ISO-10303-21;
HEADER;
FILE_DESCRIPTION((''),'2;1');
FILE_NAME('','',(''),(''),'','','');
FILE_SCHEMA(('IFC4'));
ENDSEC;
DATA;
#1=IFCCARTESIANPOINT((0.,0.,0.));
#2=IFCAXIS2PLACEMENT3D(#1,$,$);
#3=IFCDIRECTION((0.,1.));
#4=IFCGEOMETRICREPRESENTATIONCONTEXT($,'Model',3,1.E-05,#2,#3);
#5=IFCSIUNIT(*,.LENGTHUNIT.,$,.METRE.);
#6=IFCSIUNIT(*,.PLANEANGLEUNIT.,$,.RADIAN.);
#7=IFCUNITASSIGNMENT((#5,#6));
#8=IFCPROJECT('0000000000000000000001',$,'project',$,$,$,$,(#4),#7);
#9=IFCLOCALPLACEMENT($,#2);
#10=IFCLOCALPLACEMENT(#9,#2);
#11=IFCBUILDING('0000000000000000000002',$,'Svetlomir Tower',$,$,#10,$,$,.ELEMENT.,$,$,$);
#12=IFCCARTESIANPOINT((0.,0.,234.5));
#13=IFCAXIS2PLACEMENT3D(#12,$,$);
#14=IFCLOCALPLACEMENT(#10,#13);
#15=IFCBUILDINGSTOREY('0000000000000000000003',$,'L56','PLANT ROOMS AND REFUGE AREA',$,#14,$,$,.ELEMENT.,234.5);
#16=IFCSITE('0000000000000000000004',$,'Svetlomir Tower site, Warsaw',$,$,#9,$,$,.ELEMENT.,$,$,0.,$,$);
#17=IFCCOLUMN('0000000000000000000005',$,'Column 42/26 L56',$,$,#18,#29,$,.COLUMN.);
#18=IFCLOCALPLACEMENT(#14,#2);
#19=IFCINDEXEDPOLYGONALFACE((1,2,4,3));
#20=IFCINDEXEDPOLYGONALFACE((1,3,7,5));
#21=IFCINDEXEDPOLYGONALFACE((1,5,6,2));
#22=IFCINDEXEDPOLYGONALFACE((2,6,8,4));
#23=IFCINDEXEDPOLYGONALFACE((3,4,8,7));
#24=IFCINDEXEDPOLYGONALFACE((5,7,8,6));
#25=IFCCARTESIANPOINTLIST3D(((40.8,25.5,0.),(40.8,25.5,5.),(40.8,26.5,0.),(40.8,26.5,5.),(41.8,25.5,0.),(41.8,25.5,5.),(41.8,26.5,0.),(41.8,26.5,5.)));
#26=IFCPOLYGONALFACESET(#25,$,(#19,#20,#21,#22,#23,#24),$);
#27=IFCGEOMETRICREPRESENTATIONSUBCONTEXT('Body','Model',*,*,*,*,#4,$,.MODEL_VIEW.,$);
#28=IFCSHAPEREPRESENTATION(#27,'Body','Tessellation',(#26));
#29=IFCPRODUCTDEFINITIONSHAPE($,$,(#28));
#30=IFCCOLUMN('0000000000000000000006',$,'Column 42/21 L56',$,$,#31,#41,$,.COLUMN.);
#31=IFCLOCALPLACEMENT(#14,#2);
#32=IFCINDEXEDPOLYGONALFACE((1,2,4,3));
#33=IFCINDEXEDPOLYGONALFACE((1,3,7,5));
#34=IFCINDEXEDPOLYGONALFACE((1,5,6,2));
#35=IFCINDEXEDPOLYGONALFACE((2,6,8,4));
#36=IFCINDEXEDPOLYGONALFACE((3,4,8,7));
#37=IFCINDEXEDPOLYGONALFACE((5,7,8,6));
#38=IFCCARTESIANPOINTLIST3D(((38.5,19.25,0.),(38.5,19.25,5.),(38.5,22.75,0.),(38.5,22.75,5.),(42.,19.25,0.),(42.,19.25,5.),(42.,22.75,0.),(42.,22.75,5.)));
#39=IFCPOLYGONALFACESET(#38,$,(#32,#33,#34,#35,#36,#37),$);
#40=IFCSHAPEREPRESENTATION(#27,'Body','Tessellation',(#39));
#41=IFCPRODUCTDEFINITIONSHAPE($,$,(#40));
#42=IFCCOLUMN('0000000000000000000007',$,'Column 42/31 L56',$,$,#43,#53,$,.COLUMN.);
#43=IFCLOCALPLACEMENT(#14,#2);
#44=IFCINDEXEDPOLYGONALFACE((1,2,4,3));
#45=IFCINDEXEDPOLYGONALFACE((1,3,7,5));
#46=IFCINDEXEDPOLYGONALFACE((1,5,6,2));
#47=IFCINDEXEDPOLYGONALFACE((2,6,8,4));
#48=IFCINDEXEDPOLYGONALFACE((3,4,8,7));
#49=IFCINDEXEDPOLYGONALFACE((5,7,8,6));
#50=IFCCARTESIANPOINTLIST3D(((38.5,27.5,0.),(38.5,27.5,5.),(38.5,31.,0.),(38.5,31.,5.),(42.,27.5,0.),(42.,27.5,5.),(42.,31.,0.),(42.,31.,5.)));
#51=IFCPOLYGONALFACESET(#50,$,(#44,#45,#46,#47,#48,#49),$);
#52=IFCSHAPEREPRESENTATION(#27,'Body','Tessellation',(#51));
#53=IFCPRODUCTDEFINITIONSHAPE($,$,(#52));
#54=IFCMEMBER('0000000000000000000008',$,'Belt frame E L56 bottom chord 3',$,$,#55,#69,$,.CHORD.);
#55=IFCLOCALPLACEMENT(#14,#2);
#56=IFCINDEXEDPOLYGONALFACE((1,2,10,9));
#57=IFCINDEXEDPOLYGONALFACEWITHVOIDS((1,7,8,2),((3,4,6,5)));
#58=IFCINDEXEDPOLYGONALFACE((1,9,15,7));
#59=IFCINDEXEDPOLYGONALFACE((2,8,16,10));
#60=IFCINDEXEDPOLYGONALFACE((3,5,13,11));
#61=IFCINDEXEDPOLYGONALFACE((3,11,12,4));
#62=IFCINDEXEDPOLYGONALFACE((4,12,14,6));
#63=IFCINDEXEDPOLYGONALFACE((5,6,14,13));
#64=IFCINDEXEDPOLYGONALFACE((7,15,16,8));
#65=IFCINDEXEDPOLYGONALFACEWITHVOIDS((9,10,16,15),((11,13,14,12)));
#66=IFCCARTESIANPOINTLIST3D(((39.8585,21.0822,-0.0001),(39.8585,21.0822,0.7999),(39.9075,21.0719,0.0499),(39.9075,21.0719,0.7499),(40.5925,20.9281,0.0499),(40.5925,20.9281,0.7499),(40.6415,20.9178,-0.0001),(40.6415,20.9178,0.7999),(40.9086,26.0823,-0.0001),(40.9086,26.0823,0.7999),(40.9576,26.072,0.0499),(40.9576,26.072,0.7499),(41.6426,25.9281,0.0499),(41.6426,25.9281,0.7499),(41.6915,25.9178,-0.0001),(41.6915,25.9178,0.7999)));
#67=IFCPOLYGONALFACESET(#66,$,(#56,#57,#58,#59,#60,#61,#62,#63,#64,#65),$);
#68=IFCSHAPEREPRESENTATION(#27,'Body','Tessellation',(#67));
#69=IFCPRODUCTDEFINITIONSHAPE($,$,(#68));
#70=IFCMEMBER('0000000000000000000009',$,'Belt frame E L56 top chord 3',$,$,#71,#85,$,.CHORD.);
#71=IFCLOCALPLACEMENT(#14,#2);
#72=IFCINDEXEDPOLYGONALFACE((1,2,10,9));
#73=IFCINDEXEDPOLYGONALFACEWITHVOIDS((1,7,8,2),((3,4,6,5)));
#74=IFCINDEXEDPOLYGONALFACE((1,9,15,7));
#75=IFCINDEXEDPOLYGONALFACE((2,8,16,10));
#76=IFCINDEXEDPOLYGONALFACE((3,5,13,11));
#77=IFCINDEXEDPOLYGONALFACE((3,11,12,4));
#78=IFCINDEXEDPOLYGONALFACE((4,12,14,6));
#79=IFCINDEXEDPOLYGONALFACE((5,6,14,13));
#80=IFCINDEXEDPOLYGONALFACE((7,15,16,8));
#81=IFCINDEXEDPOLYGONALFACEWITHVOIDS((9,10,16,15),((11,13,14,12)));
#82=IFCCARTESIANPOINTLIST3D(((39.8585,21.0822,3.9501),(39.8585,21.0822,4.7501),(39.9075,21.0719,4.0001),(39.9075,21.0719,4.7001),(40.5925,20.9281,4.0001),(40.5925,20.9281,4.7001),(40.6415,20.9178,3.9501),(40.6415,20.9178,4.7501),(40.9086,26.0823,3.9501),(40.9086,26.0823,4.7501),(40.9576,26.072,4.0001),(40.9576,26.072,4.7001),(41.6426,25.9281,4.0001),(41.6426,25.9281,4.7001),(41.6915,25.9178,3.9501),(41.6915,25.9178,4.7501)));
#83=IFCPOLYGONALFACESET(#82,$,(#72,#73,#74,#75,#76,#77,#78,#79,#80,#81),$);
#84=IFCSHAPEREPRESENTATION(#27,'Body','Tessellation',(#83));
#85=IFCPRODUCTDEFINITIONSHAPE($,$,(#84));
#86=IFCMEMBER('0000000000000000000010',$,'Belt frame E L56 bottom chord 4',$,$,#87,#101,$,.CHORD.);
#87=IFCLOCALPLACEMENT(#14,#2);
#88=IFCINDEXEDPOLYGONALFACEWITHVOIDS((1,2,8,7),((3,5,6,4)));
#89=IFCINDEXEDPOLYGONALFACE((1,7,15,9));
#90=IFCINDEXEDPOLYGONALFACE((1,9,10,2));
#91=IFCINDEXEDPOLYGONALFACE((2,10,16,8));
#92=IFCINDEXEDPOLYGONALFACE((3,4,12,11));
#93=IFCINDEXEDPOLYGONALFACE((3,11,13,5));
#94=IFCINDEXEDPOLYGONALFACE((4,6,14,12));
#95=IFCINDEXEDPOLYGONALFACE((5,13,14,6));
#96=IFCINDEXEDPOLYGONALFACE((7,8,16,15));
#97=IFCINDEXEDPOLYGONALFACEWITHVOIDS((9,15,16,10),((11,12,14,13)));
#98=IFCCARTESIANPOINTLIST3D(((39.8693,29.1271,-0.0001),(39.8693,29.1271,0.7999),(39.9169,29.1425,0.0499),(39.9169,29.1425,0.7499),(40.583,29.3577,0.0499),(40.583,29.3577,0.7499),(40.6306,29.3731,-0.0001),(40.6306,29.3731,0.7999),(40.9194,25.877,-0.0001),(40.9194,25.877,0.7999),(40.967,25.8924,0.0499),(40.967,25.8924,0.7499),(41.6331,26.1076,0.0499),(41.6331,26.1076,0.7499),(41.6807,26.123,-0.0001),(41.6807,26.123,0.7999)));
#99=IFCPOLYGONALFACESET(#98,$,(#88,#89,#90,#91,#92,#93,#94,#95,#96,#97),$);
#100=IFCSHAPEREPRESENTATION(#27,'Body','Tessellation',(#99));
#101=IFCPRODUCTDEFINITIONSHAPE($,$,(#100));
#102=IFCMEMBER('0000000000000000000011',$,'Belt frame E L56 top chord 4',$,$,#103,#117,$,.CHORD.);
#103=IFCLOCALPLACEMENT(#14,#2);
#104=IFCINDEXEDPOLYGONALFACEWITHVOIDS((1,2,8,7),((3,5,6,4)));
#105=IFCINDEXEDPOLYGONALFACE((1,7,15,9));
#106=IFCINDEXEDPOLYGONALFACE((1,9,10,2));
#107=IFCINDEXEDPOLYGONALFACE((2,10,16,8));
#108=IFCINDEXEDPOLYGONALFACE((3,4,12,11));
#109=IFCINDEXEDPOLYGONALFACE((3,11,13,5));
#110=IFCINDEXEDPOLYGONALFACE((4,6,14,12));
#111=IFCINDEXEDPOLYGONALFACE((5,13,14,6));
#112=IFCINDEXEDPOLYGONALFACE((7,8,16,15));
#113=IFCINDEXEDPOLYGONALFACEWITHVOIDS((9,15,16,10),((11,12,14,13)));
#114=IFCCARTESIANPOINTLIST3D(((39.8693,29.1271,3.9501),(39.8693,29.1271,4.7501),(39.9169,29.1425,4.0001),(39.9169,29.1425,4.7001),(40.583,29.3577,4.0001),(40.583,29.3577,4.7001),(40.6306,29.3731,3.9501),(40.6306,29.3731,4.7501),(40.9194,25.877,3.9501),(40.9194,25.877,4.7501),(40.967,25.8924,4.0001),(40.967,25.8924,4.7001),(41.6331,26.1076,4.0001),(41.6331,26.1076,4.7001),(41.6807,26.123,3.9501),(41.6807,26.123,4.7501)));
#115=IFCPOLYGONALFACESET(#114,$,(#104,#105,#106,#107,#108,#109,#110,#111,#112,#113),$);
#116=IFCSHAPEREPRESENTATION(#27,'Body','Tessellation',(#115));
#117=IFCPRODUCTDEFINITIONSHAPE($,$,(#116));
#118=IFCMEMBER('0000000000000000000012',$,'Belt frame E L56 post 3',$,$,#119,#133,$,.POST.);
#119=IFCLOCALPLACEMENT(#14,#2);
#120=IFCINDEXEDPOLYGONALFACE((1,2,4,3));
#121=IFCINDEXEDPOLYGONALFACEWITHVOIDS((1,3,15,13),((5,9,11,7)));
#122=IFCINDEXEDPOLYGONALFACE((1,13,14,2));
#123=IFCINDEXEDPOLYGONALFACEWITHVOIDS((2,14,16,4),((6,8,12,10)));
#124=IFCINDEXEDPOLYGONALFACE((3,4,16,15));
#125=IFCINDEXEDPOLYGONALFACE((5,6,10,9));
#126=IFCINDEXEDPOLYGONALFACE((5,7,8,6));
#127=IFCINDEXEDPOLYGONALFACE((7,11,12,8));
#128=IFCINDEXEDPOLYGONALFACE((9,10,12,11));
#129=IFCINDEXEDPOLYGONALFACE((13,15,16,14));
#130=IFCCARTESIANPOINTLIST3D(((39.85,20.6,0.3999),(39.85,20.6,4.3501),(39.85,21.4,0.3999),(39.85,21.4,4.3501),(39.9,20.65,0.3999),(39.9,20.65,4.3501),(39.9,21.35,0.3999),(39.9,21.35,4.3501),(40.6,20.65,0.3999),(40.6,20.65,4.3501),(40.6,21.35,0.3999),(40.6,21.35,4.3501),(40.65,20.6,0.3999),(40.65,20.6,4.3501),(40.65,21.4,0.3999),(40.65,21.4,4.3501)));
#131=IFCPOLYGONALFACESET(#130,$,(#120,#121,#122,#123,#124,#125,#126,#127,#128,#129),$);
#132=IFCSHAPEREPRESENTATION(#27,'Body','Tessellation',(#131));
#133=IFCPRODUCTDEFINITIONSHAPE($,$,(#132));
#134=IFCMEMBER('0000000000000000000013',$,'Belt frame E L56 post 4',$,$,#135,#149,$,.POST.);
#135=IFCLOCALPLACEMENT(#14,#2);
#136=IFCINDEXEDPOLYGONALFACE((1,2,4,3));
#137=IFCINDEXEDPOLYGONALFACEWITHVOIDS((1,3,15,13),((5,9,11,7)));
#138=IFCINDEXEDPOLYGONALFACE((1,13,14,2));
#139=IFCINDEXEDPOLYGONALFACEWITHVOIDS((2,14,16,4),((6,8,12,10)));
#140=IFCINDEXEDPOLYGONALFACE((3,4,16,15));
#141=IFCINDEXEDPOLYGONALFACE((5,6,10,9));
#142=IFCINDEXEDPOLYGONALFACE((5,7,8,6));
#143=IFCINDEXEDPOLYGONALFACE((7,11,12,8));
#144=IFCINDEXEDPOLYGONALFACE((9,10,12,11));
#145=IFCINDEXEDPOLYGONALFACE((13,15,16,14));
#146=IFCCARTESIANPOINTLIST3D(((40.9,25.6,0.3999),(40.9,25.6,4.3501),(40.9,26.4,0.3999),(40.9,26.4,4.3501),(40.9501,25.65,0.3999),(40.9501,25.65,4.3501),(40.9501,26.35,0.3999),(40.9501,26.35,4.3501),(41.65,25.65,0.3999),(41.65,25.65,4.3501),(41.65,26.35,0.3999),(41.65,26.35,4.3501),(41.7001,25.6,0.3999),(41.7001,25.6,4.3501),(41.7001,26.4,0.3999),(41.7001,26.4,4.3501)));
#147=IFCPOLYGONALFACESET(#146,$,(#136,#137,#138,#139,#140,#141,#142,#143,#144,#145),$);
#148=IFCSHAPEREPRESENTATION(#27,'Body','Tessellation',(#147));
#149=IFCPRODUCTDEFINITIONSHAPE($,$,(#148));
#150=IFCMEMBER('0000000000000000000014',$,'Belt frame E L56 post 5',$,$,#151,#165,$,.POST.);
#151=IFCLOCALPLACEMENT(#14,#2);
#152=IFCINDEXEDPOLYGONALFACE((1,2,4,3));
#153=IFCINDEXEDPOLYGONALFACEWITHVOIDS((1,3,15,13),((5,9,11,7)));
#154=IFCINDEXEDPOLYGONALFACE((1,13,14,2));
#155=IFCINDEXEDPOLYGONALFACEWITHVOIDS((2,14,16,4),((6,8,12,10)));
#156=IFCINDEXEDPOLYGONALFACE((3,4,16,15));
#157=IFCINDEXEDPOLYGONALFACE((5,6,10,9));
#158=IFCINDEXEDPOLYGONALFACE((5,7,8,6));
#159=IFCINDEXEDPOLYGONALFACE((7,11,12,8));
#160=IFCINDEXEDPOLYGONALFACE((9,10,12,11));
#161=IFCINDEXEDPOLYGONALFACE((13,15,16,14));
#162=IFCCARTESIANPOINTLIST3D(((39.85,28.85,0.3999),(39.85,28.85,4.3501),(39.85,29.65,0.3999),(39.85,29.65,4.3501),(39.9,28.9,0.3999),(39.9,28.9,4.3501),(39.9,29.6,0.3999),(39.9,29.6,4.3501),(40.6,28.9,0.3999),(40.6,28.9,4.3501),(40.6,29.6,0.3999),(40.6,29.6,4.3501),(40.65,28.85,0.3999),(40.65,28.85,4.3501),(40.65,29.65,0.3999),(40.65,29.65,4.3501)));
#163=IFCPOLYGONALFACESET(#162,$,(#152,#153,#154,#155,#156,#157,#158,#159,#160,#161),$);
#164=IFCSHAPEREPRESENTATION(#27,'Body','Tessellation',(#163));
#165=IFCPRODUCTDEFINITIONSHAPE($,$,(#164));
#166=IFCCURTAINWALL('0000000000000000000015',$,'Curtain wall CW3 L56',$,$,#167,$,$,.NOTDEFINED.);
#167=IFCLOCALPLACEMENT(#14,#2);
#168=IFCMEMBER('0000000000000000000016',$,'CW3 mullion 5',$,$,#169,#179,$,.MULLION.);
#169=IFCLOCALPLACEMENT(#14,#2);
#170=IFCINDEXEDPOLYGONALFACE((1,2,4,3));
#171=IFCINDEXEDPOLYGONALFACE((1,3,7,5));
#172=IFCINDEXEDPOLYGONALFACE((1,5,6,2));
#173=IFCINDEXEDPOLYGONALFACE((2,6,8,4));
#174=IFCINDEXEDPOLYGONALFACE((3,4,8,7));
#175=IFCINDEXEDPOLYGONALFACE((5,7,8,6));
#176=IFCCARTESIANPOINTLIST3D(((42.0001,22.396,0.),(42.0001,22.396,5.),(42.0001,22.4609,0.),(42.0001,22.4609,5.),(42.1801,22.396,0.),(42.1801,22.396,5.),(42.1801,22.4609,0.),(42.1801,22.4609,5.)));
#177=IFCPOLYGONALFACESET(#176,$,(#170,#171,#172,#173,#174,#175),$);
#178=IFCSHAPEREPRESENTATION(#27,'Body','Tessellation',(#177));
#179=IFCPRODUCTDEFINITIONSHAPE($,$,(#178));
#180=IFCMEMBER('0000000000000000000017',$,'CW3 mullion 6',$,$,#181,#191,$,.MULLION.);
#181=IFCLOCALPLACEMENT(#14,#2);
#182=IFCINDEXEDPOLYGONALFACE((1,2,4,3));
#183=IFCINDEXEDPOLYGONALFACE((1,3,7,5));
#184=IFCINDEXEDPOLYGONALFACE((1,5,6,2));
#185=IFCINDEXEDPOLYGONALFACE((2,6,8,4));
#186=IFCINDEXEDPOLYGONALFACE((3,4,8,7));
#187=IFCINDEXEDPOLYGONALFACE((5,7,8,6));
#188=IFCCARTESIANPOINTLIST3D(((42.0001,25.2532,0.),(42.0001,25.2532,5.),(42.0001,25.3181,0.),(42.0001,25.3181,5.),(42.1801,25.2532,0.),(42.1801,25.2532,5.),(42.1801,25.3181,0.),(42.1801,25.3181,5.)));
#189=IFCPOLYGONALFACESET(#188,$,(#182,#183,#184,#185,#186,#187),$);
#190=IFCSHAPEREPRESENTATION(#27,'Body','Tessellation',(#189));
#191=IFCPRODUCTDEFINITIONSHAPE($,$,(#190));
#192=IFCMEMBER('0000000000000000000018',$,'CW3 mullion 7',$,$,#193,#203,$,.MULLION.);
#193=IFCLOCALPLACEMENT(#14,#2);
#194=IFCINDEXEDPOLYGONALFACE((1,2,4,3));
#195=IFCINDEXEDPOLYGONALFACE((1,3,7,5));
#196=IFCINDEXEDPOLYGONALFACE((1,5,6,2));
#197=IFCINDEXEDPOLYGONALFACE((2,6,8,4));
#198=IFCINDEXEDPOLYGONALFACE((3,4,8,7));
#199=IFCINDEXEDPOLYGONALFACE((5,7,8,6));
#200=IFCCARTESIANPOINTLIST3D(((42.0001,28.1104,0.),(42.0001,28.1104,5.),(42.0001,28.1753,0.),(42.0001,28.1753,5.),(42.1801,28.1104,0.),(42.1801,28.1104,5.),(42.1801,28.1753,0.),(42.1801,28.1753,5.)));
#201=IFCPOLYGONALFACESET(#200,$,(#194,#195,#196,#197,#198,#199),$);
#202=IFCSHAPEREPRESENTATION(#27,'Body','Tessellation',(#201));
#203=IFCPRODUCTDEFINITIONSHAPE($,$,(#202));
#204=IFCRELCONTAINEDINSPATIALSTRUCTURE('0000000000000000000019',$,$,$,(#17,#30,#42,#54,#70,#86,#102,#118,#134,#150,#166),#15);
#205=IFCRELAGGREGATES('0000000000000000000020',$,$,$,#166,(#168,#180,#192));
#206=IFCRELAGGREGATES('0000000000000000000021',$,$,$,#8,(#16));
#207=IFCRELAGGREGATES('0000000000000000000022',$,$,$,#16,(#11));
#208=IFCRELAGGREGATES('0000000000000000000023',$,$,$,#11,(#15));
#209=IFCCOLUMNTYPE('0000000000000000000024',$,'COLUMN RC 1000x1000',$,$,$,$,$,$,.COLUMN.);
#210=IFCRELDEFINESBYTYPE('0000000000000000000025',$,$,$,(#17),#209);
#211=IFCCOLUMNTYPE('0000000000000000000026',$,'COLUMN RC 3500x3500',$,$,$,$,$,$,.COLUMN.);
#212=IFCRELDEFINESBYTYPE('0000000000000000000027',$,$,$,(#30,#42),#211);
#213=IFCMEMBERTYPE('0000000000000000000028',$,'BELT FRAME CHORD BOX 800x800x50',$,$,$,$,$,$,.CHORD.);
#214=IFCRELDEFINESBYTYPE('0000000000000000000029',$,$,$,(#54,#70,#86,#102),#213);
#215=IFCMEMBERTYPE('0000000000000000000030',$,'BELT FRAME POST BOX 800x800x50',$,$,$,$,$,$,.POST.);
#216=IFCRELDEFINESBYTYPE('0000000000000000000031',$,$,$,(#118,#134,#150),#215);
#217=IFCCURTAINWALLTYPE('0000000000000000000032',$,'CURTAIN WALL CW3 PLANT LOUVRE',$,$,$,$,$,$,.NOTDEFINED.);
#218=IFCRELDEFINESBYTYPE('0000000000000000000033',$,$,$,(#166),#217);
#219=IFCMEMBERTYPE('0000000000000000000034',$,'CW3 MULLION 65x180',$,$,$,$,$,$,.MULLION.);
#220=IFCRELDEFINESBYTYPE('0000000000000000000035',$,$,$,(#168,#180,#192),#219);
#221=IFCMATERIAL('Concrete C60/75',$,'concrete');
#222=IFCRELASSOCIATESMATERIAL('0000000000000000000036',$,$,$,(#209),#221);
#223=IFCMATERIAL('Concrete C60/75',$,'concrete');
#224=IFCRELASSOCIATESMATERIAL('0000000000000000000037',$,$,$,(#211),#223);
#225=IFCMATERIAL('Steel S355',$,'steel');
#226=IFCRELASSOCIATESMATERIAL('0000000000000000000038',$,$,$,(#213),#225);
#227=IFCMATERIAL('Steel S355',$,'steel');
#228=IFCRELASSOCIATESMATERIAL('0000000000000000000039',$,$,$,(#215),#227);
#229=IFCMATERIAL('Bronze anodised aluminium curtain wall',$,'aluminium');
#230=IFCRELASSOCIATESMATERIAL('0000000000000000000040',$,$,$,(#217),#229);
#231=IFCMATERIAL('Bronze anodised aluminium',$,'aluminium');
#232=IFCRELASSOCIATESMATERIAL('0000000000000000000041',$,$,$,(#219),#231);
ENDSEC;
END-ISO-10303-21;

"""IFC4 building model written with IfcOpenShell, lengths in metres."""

from ifc_helpers import new_model, si_unit, direction, frame, origin, origin_2d, place, context, subcontext, project, spatial, rectangle, hollow_rectangle, extrude, material, material_profile, profile_set, type_object, element, aggregate, save


model = new_model("IFC4")

# Units and contexts
model_context = context("Model", 3, precision=1e-05, world=origin(), true_north=direction((0.0, 1.0)))
body_context = subcontext(model_context, "Body", "Model", "MODEL_VIEW")
ifc_project = project(units=[si_unit("LENGTHUNIT", "METRE"), si_unit("PLANEANGLEUNIT", "RADIAN")], contexts=[model_context])

# Site, building, storey
site_placement = place(None, origin())
site = spatial("IfcSite", under=ifc_project, at=site_placement, Name="Svetlomir Tower site, Warsaw", CompositionType="ELEMENT", RefElevation=0.0)
building_placement = place(site_placement, origin())
building = spatial("IfcBuilding", under=site, at=building_placement, Name="Svetlomir Tower", CompositionType="ELEMENT")
storey_placement = place(building_placement, frame((0.0, 0.0, 234.5)))
storey = spatial("IfcBuildingStorey", under=building, at=storey_placement, Name="L56", Description="PLANT ROOMS AND REFUGE AREA", CompositionType="ELEMENT", Elevation=234.5)

# Columns
ifc_material_1 = material(Name="Concrete C60/75", Category="concrete")
ifc_material_profile_1 = material_profile(ifc_material_1, rectangle(XDim=1.0, YDim=1.0, at=origin_2d()), Name="RC 1000x1000")
ifc_profile_set_1 = profile_set([ifc_material_profile_1], Name="Concrete C60/75")
column_type_1 = type_object("IfcColumnType", Name="COLUMN RC 1000x1000", PredefinedType="COLUMN", material=ifc_profile_set_1)
column_placement = place(storey_placement, frame((41.3, 26.0, 0.0), z_axis=(0.0, 0.0, 1.0), x_axis=(1.0, 0.0, 0.0)))
element("IfcColumn", 1, at=column_placement, inside=storey, type_object=column_type_1, Name="Column 42/26 L56", PredefinedType="COLUMN", context=body_context, shape_type="SweptSolid", body=[
    extrude(rectangle(XDim=1.0, YDim=1.0, at=origin_2d()), origin(), (0.0, 0.0, 1.0), 5.0),
])
ifc_material_2 = material(Name="Concrete C60/75", Category="concrete")
ifc_material_profile_2 = material_profile(ifc_material_2, rectangle(XDim=3.5, YDim=3.5, at=origin_2d()), Name="RC 3500x3500")
ifc_profile_set_2 = profile_set([ifc_material_profile_2], Name="Concrete C60/75")
column_type_2 = type_object("IfcColumnType", Name="COLUMN RC 3500x3500", PredefinedType="COLUMN", material=ifc_profile_set_2)
for number, where, z_axis, x_axis, name in (
    (2, (40.25, 21.0, 0.0), (0.0, 0.0, 1.0), (1.0, 0.0, 0.0), "Column 42/21 L56"),
    (3, (40.25, 29.25, 0.0), (0.0, 0.0, 1.0), (1.0, 0.0, 0.0), "Column 42/31 L56"),
):
    element("IfcColumn", number, at=place(storey_placement, frame(where, z_axis=z_axis, x_axis=x_axis)), inside=storey, type_object=column_type_2, Name=name, PredefinedType="COLUMN", context=body_context, shape_type="SweptSolid", body=[
        extrude(rectangle(XDim=3.5, YDim=3.5, at=origin_2d()), origin(), (0.0, 0.0, 1.0), 5.0),
    ])

# Members
ifc_material_3 = material(Name="Steel S355", Category="steel")
ifc_material_profile_3 = material_profile(ifc_material_3, hollow_rectangle(XDim=0.8, YDim=0.8, WallThickness=0.05, at=origin_2d()), Name="BOX 800x800x50")
ifc_profile_set_3 = profile_set([ifc_material_profile_3], Name="Steel S355")
member_type_1 = type_object("IfcMemberType", Name="BELT FRAME CHORD BOX 800x800x50", PredefinedType="CHORD", material=ifc_profile_set_3)
for number, where, z_axis, x_axis, name in (
    (4, (40.25, 21.0, 0.3999), (0.205526, 0.978652, 0.0), (-0.978652, 0.205526, 0.0), "Belt frame E L56 bottom chord 3"),
    (5, (40.25, 21.0, 4.3501), (0.205526, 0.978652, 0.0), (-0.978652, 0.205526, 0.0), "Belt frame E L56 top chord 3"),
):
    element("IfcMember", number, at=place(storey_placement, frame(where, z_axis=z_axis, x_axis=x_axis)), inside=storey, type_object=member_type_1, Name=name, PredefinedType="CHORD", context=body_context, shape_type="SweptSolid", body=[
        extrude(hollow_rectangle(XDim=0.8, YDim=0.8, WallThickness=0.05, at=origin_2d()), origin(), (0.0, 0.0, 1.0), 5.1091),
    ])
for number, where, z_axis, x_axis, name in (
    (6, (41.3, 26.0, 0.3999), (-0.307443, 0.951566, 0.0), (-0.951566, -0.307443, 0.0), "Belt frame E L56 bottom chord 4"),
    (7, (41.3, 26.0, 4.3501), (-0.307443, 0.951566, 0.0), (-0.951566, -0.307443, 0.0), "Belt frame E L56 top chord 4"),
):
    element("IfcMember", number, at=place(storey_placement, frame(where, z_axis=z_axis, x_axis=x_axis)), inside=storey, type_object=member_type_1, Name=name, PredefinedType="CHORD", context=body_context, shape_type="SweptSolid", body=[
        extrude(hollow_rectangle(XDim=0.8, YDim=0.8, WallThickness=0.05, at=origin_2d()), origin(), (0.0, 0.0, 1.0), 3.4155),
    ])
ifc_material_4 = material(Name="Steel S355", Category="steel")
ifc_material_profile_4 = material_profile(ifc_material_4, hollow_rectangle(XDim=0.8, YDim=0.8, WallThickness=0.05, at=origin_2d()), Name="BOX 800x800x50")
ifc_profile_set_4 = profile_set([ifc_material_profile_4], Name="Steel S355")
member_type_2 = type_object("IfcMemberType", Name="BELT FRAME POST BOX 800x800x50", PredefinedType="POST", material=ifc_profile_set_4)
for number, where, z_axis, x_axis, name in (
    (8, (40.25, 21.0, 0.3999), (0.0, 0.0, 1.0), (1.0, 0.0, 0.0), "Belt frame E L56 post 3"),
    (9, (41.3, 26.0, 0.3999), (0.0, 0.0, 1.0), (1.0, 0.0, 0.0), "Belt frame E L56 post 4"),
    (10, (40.25, 29.25, 0.3999), (0.0, 0.0, 1.0), (1.0, 0.0, 0.0), "Belt frame E L56 post 5"),
):
    element("IfcMember", number, at=place(storey_placement, frame(where, z_axis=z_axis, x_axis=x_axis)), inside=storey, type_object=member_type_2, Name=name, PredefinedType="POST", context=body_context, shape_type="SweptSolid", body=[
        extrude(hollow_rectangle(XDim=0.8, YDim=0.8, WallThickness=0.05, at=origin_2d()), origin(), (0.0, 0.0, 1.0), 3.9502),
    ])

# Curtain wall, members
ifc_material_5 = material(Name="Bronze anodised aluminium curtain wall", Category="aluminium")
curtain_wall_type = type_object("IfcCurtainWallType", Name="CURTAIN WALL CW3 PLANT LOUVRE", PredefinedType="NOTDEFINED", material=ifc_material_5)
curtain_wall_1_placement = place(storey_placement, origin())
curtain_wall_1 = element("IfcCurtainWall", 11, at=curtain_wall_1_placement, inside=storey, type_object=curtain_wall_type, Name="Curtain wall CW3 L56", PredefinedType="NOTDEFINED")
ifc_material_6 = material(Name="Bronze anodised aluminium", Category="aluminium")
ifc_material_profile_5 = material_profile(ifc_material_6, rectangle(XDim=0.0649, YDim=0.1799, at=origin_2d()), Name="AL 65x180")
ifc_profile_set_5 = profile_set([ifc_material_profile_5], Name="Bronze anodised aluminium 6063-T6")
member_type_3 = type_object("IfcMemberType", Name="CW3 MULLION 65x180", PredefinedType="MULLION", material=ifc_profile_set_5)
member_1_placement = place(storey_placement, frame((42.0901, 22.4285, 0.0), z_axis=(0.0, 0.0, 1.0), x_axis=(0.0, 1.0, 0.0)))
member_1 = element("IfcMember", 12, at=member_1_placement, type_object=member_type_3, Name="CW3 mullion 5", PredefinedType="MULLION", context=body_context, shape_type="SweptSolid", body=[
    extrude(rectangle(XDim=0.0649, YDim=0.1799, at=origin_2d()), origin(), (0.0, 0.0, 1.0), 5.0),
])
member_2_placement = place(storey_placement, frame((42.0901, 25.2856, 0.0), z_axis=(0.0, 0.0, 1.0), x_axis=(0.0, 1.0, 0.0)))
member_2 = element("IfcMember", 13, at=member_2_placement, type_object=member_type_3, Name="CW3 mullion 6", PredefinedType="MULLION", context=body_context, shape_type="SweptSolid", body=[
    extrude(rectangle(XDim=0.0649, YDim=0.1799, at=origin_2d()), origin(), (0.0, 0.0, 1.0), 5.0),
])
member_3_placement = place(storey_placement, frame((42.0901, 28.1428, 0.0), z_axis=(0.0, 0.0, 1.0), x_axis=(0.0, 1.0, 0.0)))
member_3 = element("IfcMember", 14, at=member_3_placement, type_object=member_type_3, Name="CW3 mullion 7", PredefinedType="MULLION", context=body_context, shape_type="SweptSolid", body=[
    extrude(rectangle(XDim=0.0649, YDim=0.1799, at=origin_2d()), origin(), (0.0, 0.0, 1.0), 5.0),
])

aggregate(curtain_wall_1, [member_1, member_2, member_3])

save(model, "model.ifc")
